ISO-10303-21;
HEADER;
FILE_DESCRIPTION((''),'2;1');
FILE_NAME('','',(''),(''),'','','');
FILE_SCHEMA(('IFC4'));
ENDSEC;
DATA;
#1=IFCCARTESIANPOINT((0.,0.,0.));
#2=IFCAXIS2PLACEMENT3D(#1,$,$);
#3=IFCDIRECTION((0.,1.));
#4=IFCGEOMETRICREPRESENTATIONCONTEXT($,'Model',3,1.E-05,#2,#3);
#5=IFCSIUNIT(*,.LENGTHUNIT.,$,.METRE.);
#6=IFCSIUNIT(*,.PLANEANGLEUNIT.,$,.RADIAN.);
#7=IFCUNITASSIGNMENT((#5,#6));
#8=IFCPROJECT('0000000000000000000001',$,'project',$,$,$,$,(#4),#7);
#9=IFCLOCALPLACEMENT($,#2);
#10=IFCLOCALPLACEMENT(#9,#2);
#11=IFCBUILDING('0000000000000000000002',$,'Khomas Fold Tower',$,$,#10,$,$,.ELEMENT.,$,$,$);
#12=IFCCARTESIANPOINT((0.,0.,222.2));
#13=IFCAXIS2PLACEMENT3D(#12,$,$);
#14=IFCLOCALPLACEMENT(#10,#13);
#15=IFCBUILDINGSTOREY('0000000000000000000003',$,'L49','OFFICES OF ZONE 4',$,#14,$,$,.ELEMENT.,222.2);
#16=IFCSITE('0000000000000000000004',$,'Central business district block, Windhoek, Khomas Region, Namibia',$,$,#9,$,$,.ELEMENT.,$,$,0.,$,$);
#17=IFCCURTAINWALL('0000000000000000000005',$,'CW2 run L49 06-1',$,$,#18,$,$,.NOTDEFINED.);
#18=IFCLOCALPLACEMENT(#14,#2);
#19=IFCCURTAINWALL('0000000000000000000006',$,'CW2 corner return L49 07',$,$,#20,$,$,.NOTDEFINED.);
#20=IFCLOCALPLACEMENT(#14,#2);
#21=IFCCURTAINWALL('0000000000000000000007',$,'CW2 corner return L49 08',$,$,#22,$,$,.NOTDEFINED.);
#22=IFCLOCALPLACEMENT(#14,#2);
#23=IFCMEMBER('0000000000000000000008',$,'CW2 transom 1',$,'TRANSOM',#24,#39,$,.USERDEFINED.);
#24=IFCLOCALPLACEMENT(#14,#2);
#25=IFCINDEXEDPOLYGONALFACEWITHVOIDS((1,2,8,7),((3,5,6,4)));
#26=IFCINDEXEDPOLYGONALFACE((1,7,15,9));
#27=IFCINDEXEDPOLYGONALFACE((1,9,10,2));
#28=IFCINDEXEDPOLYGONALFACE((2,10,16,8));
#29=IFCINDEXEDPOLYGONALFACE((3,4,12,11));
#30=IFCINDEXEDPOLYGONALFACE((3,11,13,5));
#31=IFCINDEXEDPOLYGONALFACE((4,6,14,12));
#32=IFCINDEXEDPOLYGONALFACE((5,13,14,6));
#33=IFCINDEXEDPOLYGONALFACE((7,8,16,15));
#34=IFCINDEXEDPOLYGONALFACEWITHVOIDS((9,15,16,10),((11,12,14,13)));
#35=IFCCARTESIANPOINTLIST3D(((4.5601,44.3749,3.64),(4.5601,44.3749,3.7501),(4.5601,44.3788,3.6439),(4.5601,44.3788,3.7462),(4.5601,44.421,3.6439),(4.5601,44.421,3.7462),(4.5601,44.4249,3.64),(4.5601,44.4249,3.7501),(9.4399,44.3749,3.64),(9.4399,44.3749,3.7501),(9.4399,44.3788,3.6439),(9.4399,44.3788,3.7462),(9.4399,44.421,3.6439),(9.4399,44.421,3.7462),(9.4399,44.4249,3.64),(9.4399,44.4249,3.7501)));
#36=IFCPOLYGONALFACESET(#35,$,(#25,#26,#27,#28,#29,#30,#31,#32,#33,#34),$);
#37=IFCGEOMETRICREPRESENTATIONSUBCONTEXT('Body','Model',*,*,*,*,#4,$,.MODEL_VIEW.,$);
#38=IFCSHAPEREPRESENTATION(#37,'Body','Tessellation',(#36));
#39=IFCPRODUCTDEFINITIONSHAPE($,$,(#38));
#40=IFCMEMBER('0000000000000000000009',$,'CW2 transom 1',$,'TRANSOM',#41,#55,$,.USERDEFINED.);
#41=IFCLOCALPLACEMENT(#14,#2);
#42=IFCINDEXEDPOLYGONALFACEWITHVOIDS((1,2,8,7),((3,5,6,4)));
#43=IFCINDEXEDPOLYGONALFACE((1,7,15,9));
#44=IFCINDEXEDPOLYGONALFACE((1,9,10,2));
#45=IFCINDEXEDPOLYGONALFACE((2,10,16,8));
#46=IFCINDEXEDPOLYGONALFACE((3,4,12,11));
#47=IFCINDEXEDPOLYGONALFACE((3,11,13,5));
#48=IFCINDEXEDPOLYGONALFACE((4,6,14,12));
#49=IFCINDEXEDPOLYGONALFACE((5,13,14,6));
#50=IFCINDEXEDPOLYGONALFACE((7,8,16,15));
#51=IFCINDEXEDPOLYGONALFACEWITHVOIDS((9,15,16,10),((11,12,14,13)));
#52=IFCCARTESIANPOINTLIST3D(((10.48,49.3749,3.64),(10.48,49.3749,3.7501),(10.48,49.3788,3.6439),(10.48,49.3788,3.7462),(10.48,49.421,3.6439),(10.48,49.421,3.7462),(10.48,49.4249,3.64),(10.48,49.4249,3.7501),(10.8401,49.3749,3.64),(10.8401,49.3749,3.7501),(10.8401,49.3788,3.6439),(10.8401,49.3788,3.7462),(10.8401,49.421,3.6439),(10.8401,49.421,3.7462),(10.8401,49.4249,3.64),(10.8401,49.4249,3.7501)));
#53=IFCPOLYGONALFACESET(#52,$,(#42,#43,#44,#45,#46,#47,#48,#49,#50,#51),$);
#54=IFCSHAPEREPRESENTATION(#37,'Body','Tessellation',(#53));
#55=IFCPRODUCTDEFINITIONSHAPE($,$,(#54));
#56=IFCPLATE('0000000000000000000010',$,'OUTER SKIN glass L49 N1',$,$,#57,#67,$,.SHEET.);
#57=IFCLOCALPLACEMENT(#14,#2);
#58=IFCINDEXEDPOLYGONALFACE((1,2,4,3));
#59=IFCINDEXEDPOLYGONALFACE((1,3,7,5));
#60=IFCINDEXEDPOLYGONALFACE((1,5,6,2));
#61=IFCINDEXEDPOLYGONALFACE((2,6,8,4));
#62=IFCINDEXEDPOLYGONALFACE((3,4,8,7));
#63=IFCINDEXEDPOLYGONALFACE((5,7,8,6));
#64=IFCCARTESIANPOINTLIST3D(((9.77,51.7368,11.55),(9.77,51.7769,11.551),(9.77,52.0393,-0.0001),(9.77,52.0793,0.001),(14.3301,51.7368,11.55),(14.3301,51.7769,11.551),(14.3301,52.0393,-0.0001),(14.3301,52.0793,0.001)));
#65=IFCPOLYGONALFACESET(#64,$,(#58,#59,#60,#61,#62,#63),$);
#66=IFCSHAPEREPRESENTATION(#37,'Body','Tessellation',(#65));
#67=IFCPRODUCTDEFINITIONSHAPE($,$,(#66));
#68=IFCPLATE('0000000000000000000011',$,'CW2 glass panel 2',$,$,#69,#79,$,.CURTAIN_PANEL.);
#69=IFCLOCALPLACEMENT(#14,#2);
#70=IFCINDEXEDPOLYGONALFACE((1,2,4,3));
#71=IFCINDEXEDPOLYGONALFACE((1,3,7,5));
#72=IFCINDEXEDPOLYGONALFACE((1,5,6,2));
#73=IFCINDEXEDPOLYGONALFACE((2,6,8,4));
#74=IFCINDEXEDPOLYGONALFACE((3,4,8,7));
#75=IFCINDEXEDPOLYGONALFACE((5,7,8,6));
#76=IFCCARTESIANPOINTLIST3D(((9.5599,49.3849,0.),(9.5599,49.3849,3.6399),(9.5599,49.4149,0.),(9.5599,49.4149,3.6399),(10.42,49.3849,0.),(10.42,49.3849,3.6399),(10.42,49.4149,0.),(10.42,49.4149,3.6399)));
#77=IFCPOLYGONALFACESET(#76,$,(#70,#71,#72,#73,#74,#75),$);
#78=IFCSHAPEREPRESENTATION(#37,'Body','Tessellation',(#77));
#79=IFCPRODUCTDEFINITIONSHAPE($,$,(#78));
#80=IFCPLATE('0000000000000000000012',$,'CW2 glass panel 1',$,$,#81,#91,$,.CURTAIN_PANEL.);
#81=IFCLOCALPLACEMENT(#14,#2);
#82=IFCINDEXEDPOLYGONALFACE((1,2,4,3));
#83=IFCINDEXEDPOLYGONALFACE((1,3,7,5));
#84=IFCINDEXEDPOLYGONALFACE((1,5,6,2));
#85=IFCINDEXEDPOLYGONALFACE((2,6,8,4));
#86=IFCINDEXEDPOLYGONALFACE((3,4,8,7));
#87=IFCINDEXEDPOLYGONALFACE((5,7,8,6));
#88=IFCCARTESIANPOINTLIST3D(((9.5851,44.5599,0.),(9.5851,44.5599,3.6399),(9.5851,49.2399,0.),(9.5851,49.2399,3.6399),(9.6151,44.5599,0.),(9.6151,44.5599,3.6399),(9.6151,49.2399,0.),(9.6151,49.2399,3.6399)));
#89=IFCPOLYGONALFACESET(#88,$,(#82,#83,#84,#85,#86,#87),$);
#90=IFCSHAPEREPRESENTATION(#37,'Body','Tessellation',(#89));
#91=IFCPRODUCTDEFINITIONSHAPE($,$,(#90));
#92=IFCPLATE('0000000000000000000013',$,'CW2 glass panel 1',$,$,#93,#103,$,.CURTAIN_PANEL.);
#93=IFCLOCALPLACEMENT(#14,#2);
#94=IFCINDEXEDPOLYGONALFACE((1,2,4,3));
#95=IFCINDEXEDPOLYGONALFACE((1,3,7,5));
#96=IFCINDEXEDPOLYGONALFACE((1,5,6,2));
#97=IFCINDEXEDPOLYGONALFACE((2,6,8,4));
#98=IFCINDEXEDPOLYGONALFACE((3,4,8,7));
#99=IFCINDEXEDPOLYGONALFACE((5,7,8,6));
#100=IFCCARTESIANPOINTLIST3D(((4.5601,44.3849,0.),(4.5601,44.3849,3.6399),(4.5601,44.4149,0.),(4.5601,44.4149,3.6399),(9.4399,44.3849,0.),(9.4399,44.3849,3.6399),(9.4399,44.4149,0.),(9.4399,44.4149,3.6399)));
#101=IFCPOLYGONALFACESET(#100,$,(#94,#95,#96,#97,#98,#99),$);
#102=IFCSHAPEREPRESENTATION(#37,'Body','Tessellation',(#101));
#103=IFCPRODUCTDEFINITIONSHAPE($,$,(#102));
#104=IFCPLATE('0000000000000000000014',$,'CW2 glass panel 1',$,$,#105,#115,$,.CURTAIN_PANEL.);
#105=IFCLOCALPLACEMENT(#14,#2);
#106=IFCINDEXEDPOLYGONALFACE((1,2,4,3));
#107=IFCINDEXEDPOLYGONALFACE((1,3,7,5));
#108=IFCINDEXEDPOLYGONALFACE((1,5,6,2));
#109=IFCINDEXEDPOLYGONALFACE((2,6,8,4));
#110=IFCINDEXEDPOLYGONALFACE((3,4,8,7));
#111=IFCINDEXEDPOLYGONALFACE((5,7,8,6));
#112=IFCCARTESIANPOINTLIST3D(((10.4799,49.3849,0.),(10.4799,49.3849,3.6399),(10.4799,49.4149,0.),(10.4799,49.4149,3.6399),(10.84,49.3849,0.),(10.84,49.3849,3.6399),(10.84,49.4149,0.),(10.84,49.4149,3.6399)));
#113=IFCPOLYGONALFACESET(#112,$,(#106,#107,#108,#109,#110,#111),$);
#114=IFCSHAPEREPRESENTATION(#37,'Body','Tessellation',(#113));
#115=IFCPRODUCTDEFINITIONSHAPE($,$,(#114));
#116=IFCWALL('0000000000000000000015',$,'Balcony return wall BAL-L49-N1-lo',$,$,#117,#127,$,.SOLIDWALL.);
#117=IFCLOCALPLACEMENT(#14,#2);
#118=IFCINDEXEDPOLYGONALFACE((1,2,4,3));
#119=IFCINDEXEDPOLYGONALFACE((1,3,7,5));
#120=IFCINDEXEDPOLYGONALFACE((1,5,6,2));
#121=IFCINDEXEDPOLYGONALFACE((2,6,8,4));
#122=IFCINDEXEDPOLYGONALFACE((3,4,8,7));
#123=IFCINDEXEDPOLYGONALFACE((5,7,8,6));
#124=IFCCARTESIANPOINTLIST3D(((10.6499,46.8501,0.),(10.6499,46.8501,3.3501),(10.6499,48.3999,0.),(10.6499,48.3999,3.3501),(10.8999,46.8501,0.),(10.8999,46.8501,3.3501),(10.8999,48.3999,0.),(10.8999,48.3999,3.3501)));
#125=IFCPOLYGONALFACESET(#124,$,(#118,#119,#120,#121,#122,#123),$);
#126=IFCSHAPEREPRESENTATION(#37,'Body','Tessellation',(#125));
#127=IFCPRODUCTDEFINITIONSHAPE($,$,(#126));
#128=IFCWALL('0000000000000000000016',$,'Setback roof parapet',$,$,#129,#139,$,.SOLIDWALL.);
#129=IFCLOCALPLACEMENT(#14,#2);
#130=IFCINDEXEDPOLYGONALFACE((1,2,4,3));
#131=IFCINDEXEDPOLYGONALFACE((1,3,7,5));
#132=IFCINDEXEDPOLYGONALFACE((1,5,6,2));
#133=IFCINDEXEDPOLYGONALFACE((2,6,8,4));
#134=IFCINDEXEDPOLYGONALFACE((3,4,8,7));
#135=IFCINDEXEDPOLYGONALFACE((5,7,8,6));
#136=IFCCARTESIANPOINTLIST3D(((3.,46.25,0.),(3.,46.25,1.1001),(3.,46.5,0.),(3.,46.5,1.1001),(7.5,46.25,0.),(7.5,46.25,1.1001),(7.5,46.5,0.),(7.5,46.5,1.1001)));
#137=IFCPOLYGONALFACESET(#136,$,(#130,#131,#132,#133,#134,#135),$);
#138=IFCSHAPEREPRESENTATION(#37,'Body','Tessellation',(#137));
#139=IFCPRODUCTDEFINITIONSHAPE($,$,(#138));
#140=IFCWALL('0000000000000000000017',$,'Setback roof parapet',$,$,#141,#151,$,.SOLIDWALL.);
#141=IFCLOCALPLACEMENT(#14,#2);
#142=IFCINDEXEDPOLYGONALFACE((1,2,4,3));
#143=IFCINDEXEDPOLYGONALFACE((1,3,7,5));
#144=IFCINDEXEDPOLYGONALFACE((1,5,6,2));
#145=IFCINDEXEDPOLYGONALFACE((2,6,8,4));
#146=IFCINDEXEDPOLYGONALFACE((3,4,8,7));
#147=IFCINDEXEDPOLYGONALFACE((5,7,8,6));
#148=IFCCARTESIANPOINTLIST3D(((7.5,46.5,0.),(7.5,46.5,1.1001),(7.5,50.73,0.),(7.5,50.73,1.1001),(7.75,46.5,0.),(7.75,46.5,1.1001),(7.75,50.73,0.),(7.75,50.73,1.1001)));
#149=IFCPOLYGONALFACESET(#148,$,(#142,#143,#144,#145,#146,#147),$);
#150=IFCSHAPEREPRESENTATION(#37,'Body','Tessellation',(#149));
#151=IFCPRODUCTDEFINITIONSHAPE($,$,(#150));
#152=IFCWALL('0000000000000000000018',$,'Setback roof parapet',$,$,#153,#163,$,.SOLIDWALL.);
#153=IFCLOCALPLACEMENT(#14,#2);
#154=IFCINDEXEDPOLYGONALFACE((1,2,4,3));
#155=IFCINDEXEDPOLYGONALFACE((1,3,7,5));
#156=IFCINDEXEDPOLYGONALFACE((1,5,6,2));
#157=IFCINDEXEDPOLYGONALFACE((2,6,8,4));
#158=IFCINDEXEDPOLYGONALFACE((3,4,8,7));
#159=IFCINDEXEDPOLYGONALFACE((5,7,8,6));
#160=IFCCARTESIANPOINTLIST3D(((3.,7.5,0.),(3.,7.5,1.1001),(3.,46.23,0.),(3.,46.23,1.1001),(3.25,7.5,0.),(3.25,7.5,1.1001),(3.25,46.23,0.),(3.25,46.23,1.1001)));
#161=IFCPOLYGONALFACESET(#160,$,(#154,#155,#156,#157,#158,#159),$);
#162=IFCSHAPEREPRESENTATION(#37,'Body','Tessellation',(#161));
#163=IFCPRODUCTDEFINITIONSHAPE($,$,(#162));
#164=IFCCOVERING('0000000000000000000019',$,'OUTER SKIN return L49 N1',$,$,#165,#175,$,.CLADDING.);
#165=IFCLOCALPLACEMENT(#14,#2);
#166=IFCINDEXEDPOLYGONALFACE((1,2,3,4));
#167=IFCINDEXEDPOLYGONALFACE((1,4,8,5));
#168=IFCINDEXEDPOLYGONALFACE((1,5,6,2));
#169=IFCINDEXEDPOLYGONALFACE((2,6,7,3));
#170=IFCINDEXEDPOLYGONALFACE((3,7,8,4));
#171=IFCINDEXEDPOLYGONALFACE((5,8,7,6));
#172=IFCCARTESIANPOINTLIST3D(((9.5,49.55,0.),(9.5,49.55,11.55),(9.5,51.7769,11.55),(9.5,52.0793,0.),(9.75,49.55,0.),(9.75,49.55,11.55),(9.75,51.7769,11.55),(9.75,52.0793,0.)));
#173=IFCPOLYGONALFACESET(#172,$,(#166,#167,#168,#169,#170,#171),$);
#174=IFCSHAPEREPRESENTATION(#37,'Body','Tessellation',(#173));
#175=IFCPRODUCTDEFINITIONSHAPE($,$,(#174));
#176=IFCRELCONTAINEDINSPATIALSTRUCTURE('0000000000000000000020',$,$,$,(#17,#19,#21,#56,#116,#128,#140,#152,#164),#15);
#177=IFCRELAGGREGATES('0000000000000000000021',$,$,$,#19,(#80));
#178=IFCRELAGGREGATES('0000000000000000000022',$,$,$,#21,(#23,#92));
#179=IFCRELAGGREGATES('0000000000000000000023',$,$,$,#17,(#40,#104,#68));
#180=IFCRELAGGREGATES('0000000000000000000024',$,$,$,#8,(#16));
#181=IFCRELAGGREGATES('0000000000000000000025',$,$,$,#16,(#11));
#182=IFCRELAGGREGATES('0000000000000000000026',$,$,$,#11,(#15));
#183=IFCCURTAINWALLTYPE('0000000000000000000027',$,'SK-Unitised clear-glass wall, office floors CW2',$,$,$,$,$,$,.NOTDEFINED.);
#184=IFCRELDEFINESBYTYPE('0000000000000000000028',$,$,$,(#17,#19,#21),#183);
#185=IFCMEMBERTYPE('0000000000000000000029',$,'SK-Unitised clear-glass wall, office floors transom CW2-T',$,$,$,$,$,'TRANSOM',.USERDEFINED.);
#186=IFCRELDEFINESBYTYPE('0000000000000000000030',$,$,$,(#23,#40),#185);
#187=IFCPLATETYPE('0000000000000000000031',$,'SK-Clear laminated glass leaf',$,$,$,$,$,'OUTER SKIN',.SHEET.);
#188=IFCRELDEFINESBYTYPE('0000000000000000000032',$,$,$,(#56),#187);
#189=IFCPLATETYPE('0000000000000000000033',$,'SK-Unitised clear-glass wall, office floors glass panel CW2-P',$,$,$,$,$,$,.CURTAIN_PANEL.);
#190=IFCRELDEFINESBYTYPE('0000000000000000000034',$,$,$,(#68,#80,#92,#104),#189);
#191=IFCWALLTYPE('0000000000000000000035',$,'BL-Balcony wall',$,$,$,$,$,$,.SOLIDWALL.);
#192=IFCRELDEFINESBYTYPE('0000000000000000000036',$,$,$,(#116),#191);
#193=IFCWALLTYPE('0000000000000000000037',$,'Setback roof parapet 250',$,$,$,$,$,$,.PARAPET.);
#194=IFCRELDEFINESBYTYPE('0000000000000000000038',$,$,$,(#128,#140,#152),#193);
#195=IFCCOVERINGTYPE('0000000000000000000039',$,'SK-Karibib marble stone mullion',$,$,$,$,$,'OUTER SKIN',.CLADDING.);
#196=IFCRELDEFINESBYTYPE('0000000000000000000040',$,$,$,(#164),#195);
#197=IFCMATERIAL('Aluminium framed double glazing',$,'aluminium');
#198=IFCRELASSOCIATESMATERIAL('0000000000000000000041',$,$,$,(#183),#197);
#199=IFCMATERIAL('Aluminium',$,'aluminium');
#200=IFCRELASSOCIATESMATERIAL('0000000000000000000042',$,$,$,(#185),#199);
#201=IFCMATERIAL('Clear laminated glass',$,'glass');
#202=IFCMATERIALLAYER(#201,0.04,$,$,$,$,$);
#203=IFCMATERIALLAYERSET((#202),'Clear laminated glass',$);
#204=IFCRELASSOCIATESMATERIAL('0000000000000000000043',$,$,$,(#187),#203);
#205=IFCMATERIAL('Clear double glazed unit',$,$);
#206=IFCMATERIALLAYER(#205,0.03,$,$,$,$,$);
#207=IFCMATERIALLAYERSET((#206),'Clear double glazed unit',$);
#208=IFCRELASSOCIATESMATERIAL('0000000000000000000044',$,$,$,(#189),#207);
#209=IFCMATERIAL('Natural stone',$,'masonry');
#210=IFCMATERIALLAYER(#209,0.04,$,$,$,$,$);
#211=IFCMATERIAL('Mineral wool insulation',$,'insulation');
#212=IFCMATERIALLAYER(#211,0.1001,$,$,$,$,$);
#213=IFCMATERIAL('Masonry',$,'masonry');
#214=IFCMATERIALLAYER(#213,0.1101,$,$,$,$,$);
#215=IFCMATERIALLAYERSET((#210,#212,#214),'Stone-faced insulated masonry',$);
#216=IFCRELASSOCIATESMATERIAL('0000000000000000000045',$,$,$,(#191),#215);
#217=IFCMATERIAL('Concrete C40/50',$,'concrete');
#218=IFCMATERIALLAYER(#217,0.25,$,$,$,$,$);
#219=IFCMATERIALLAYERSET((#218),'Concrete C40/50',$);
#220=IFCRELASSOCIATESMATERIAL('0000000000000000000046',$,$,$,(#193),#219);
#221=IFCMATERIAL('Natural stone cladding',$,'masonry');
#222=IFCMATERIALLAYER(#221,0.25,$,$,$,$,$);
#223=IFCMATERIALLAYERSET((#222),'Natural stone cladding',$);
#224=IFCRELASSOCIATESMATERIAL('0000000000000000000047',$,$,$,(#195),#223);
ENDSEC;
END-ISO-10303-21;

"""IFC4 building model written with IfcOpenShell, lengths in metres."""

from ifc_helpers import new_model, si_unit, direction, frame, frame_2d, origin, origin_2d, place, context, subcontext, project, spatial, polyline, rectangle, hollow_rectangle, outline, extrude, source, transform, mapped, material, layer, layer_set, material_profile, profile_set, type_object, element, aggregate, save


model = new_model("IFC4")

# Units and contexts
model_context = context("Model", 3, precision=1e-05, world=origin(), true_north=direction((0.0, 1.0)))
body_context = subcontext(model_context, "Body", "Model", "MODEL_VIEW")
ifc_project = project(units=[si_unit("LENGTHUNIT", "METRE"), si_unit("PLANEANGLEUNIT", "RADIAN")], contexts=[model_context])

# Site, building, storey
site_placement = place(None, origin())
site = spatial("IfcSite", under=ifc_project, at=site_placement, Name="Central business district block, Windhoek, Khomas Region, Namibia", CompositionType="ELEMENT", RefElevation=0.0)
building_placement = place(site_placement, origin())
building = spatial("IfcBuilding", under=site, at=building_placement, Name="Khomas Fold Tower", CompositionType="ELEMENT")
storey_placement = place(building_placement, frame((0.0, 0.0, 222.2)))
storey = spatial("IfcBuildingStorey", under=building, at=storey_placement, Name="L49", Description="OFFICES OF ZONE 4", CompositionType="ELEMENT", Elevation=222.2)

# Curtain walls
ifc_material_1 = material(Name="Aluminium framed double glazing", Category="aluminium")
curtain_wall_type = type_object("IfcCurtainWallType", Name="SK-Unitised clear-glass wall, office floors CW2", PredefinedType="NOTDEFINED", material=ifc_material_1)
curtain_wall_1_placement = place(storey_placement, origin())
curtain_wall_1 = element("IfcCurtainWall", 1, at=curtain_wall_1_placement, inside=storey, type_object=curtain_wall_type, Name="CW2 run L49 06-1", PredefinedType="NOTDEFINED")
curtain_wall_2_placement = place(storey_placement, origin())
curtain_wall_2 = element("IfcCurtainWall", 2, at=curtain_wall_2_placement, inside=storey, type_object=curtain_wall_type, Name="CW2 corner return L49 07", PredefinedType="NOTDEFINED")
curtain_wall_3_placement = place(storey_placement, origin())
curtain_wall_3 = element("IfcCurtainWall", 3, at=curtain_wall_3_placement, inside=storey, type_object=curtain_wall_type, Name="CW2 corner return L49 08", PredefinedType="NOTDEFINED")

# Shared definitions
ifc_material_2 = material(Name="Aluminium", Category="aluminium")
ifc_material_profile_1 = material_profile(ifc_material_2, hollow_rectangle(XDim=0.05, YDim=0.1101, WallThickness=0.0039, at=origin_2d()), Name="SK-Unitised clear-glass wall, office floors transom CW2-T")
ifc_profile_set_1 = profile_set([ifc_material_profile_1], Name="Aluminium")
member_type_1 = type_object("IfcMemberType", Name="SK-Unitised clear-glass wall, office floors transom CW2-T", ElementType="TRANSOM", PredefinedType="USERDEFINED", material=ifc_profile_set_1)

# Members
shared_shape_1 = source(origin(), body_context, "Body", "SweptSolid", [
    extrude(hollow_rectangle(XDim=0.05, YDim=0.1101, WallThickness=0.0039, at=origin_2d()), origin(), (0.0, 0.0, 1.0), 4.8799),
])
member_1_placement = place(storey_placement, frame((9.4399, 44.3999, 3.6951), z_axis=(-1.0, 0.0, 0.0), x_axis=(0.0, -1.0, 0.0)))
member_1 = element("IfcMember", 4, at=member_1_placement, type_object=member_type_1, Name="CW2 transom 1", ObjectType="TRANSOM", PredefinedType="USERDEFINED", context=body_context, shape_type="MappedRepresentation", body=[
    mapped(shared_shape_1, transform((0.0, 0.0, 0.0))),
])
shared_shape_2 = source(origin(), body_context, "Body", "SweptSolid", [
    extrude(hollow_rectangle(XDim=0.05, YDim=0.1101, WallThickness=0.0039, at=origin_2d()), origin(), (0.0, 0.0, 1.0), 0.3601),
])
member_2_placement = place(storey_placement, frame((10.8401, 49.3999, 3.6951), z_axis=(-1.0, 0.0, 0.0), x_axis=(0.0, -1.0, 0.0)))
member_2 = element("IfcMember", 5, at=member_2_placement, type_object=member_type_1, Name="CW2 transom 1", ObjectType="TRANSOM", PredefinedType="USERDEFINED", context=body_context, shape_type="MappedRepresentation", body=[
    mapped(shared_shape_2, transform((0.0, 0.0, 0.0))),
])

# Plates
ifc_material_3 = material(Name="Clear laminated glass", Category="glass")
ifc_layer_1 = layer(ifc_material_3, 0.04)
ifc_layer_set_1 = layer_set([ifc_layer_1], Name="Clear laminated glass")
plate_type_1 = type_object("IfcPlateType", Name="SK-Clear laminated glass leaf", ElementType="OUTER SKIN", PredefinedType="SHEET", material=ifc_layer_set_1)
plate_1_placement = place(storey_placement, frame((9.77, 52.0793, 0.001), z_axis=(0.0, 0.999657, 0.026181), x_axis=(1.0, 0.0, 0.0)))
element("IfcPlate", 6, at=plate_1_placement, inside=storey, type_object=plate_type_1, Name="OUTER SKIN glass L49 N1", PredefinedType="SHEET", context=body_context, shape_type="SweptSolid", body=[
    extrude(outline(polyline([(0.0, 0.0), (4.5601, 0.0), (4.5601, -11.554), (0.0, -11.554), (0.0, 0.0)])), origin(), (0.0, 0.0, -1.0), 0.04),
])
ifc_material_4 = material(Name="Clear double glazed unit")
ifc_layer_2 = layer(ifc_material_4, 0.03)
ifc_layer_set_2 = layer_set([ifc_layer_2], Name="Clear double glazed unit")
plate_type_2 = type_object("IfcPlateType", Name="SK-Unitised clear-glass wall, office floors glass panel CW2-P", PredefinedType="CURTAIN_PANEL", material=ifc_layer_set_2)
shared_shape_3 = source(origin(), body_context, "Body", "SweptSolid", [
    extrude(rectangle(XDim=0.8601, YDim=0.03, at=origin_2d()), origin(), (0.0, 0.0, 1.0), 3.6399),
])
plate_2_placement = place(storey_placement, frame((9.99, 49.3999, 0.0), z_axis=(0.0, 0.0, 1.0), x_axis=(-1.0, 0.0, 0.0)))
plate_2 = element("IfcPlate", 7, at=plate_2_placement, type_object=plate_type_2, Name="CW2 glass panel 2", PredefinedType="CURTAIN_PANEL", context=body_context, shape_type="MappedRepresentation", body=[
    mapped(shared_shape_3, transform((0.0, 0.0, 0.0))),
])
shared_shape_4 = source(origin(), body_context, "Body", "SweptSolid", [
    extrude(rectangle(XDim=4.6799, YDim=0.03, at=origin_2d()), origin(), (0.0, 0.0, 1.0), 3.6399),
])
plate_3_placement = place(storey_placement, frame((9.6001, 46.8999, 0.0), z_axis=(0.0, 0.0, 1.0), x_axis=(0.0, -1.0, 0.0)))
plate_3 = element("IfcPlate", 8, at=plate_3_placement, type_object=plate_type_2, Name="CW2 glass panel 1", PredefinedType="CURTAIN_PANEL", context=body_context, shape_type="MappedRepresentation", body=[
    mapped(shared_shape_4, transform((0.0, 0.0, 0.0))),
])
aggregate(curtain_wall_2, [plate_3])
shared_shape_5 = source(origin(), body_context, "Body", "SweptSolid", [
    extrude(rectangle(XDim=4.8799, YDim=0.03, at=origin_2d()), origin(), (0.0, 0.0, 1.0), 3.6399),
])
plate_4_placement = place(storey_placement, frame((7.0, 44.3999, 0.0), z_axis=(0.0, 0.0, 1.0), x_axis=(-1.0, 0.0, 0.0)))
plate_4 = element("IfcPlate", 9, at=plate_4_placement, type_object=plate_type_2, Name="CW2 glass panel 1", PredefinedType="CURTAIN_PANEL", context=body_context, shape_type="MappedRepresentation", body=[
    mapped(shared_shape_5, transform((0.0, 0.0, 0.0))),
])
aggregate(curtain_wall_3, [member_1, plate_4])
shared_shape_6 = source(origin(), body_context, "Body", "SweptSolid", [
    extrude(rectangle(XDim=0.3601, YDim=0.03, at=origin_2d()), origin(), (0.0, 0.0, 1.0), 3.6399),
])
plate_5_placement = place(storey_placement, frame((10.6599, 49.3999, 0.0), z_axis=(0.0, 0.0, 1.0), x_axis=(-1.0, 0.0, 0.0)))
plate_5 = element("IfcPlate", 10, at=plate_5_placement, type_object=plate_type_2, Name="CW2 glass panel 1", PredefinedType="CURTAIN_PANEL", context=body_context, shape_type="MappedRepresentation", body=[
    mapped(shared_shape_6, transform((0.0, 0.0, 0.0))),
])
aggregate(curtain_wall_1, [member_2, plate_5, plate_2])

# Walls
ifc_material_5 = material(Name="Natural stone", Category="masonry")
ifc_layer_3 = layer(ifc_material_5, 0.04)
ifc_material_6 = material(Name="Mineral wool insulation", Category="insulation")
ifc_layer_4 = layer(ifc_material_6, 0.1001)
ifc_material_7 = material(Name="Masonry", Category="masonry")
ifc_layer_5 = layer(ifc_material_7, 0.1101)
ifc_layer_set_3 = layer_set([ifc_layer_3, ifc_layer_4, ifc_layer_5], Name="Stone-faced insulated masonry")
wall_type_1 = type_object("IfcWallType", Name="BL-Balcony wall", PredefinedType="SOLIDWALL", material=ifc_layer_set_3)
shared_shape_7 = source(origin(), body_context, "Body", "SweptSolid", [
    extrude(rectangle(XDim=1.5498, YDim=0.25, at=frame_2d((0.7749, 0.0))), origin(), (0.0, 0.0, 1.0), 3.3501),
])
wall_1_placement = place(storey_placement, frame((10.7749, 48.3999, 0.0), z_axis=(0.0, 0.0, 1.0), x_axis=(0.0, -1.0, 0.0)))
element("IfcWall", 11, at=wall_1_placement, inside=storey, type_object=wall_type_1, Name="Balcony return wall BAL-L49-N1-lo", PredefinedType="SOLIDWALL", context=body_context, shape_type="MappedRepresentation", body=[
    mapped(shared_shape_7, transform((0.0, 0.0, 0.0))),
])
ifc_material_8 = material(Name="Concrete C40/50", Category="concrete")
ifc_layer_6 = layer(ifc_material_8, 0.25)
ifc_layer_set_4 = layer_set([ifc_layer_6], Name="Concrete C40/50")
wall_type_2 = type_object("IfcWallType", Name="Setback roof parapet 250", PredefinedType="PARAPET", material=ifc_layer_set_4)
shared_shape_8 = source(origin(), body_context, "Body", "SweptSolid", [
    extrude(rectangle(XDim=4.5, YDim=0.25, at=frame_2d((2.25, 0.0))), origin(), (0.0, 0.0, 1.0), 1.1001),
])
wall_2_placement = place(storey_placement, frame((7.5, 46.375, 0.0), z_axis=(0.0, 0.0, 1.0), x_axis=(-1.0, 0.0, 0.0)))
element("IfcWall", 12, at=wall_2_placement, inside=storey, type_object=wall_type_2, Name="Setback roof parapet", PredefinedType="SOLIDWALL", context=body_context, shape_type="MappedRepresentation", body=[
    mapped(shared_shape_8, transform((0.0, 0.0, 0.0))),
])
shared_shape_9 = source(origin(), body_context, "Body", "SweptSolid", [
    extrude(rectangle(XDim=4.23, YDim=0.25, at=frame_2d((2.115, 0.0))), origin(), (0.0, 0.0, 1.0), 1.1001),
])
wall_3_placement = place(storey_placement, frame((7.625, 50.73, 0.0), z_axis=(0.0, 0.0, 1.0), x_axis=(0.0, -1.0, 0.0)))
element("IfcWall", 13, at=wall_3_placement, inside=storey, type_object=wall_type_2, Name="Setback roof parapet", PredefinedType="SOLIDWALL", context=body_context, shape_type="MappedRepresentation", body=[
    mapped(shared_shape_9, transform((0.0, 0.0, 0.0))),
])
shared_shape_10 = source(origin(), body_context, "Body", "SweptSolid", [
    extrude(rectangle(XDim=38.73, YDim=0.25, at=frame_2d((19.365, 0.0))), origin(), (0.0, 0.0, 1.0), 1.1001),
])
wall_4_placement = place(storey_placement, frame((3.125, 46.23, 0.0), z_axis=(0.0, 0.0, 1.0), x_axis=(0.0, -1.0, 0.0)))
element("IfcWall", 14, at=wall_4_placement, inside=storey, type_object=wall_type_2, Name="Setback roof parapet", PredefinedType="SOLIDWALL", context=body_context, shape_type="MappedRepresentation", body=[
    mapped(shared_shape_10, transform((0.0, 0.0, 0.0))),
])

# Covering
ifc_material_9 = material(Name="Natural stone cladding", Category="masonry")
ifc_layer_7 = layer(ifc_material_9, 0.25)
ifc_layer_set_5 = layer_set([ifc_layer_7], Name="Natural stone cladding")
covering_type = type_object("IfcCoveringType", Name="SK-Karibib marble stone mullion", ElementType="OUTER SKIN", PredefinedType="CLADDING", material=ifc_layer_set_5)
covering_1_placement = place(storey_placement, frame((9.5, 49.55, 11.55), z_axis=(-1.0, 0.0, 0.0), x_axis=(0.0, 1.0, 0.0)))
element("IfcCovering", 15, at=covering_1_placement, inside=storey, type_object=covering_type, Name="OUTER SKIN return L49 N1", PredefinedType="CLADDING", context=body_context, shape_type="SweptSolid", body=[
    extrude(outline(polyline([(0.0, 0.0), (2.2268, 0.0), (2.5293, 11.55), (0.0, 11.55), (0.0, 0.0)])), origin(), (0.0, 0.0, -1.0), 0.25),
])

save(model, "model.ifc")
